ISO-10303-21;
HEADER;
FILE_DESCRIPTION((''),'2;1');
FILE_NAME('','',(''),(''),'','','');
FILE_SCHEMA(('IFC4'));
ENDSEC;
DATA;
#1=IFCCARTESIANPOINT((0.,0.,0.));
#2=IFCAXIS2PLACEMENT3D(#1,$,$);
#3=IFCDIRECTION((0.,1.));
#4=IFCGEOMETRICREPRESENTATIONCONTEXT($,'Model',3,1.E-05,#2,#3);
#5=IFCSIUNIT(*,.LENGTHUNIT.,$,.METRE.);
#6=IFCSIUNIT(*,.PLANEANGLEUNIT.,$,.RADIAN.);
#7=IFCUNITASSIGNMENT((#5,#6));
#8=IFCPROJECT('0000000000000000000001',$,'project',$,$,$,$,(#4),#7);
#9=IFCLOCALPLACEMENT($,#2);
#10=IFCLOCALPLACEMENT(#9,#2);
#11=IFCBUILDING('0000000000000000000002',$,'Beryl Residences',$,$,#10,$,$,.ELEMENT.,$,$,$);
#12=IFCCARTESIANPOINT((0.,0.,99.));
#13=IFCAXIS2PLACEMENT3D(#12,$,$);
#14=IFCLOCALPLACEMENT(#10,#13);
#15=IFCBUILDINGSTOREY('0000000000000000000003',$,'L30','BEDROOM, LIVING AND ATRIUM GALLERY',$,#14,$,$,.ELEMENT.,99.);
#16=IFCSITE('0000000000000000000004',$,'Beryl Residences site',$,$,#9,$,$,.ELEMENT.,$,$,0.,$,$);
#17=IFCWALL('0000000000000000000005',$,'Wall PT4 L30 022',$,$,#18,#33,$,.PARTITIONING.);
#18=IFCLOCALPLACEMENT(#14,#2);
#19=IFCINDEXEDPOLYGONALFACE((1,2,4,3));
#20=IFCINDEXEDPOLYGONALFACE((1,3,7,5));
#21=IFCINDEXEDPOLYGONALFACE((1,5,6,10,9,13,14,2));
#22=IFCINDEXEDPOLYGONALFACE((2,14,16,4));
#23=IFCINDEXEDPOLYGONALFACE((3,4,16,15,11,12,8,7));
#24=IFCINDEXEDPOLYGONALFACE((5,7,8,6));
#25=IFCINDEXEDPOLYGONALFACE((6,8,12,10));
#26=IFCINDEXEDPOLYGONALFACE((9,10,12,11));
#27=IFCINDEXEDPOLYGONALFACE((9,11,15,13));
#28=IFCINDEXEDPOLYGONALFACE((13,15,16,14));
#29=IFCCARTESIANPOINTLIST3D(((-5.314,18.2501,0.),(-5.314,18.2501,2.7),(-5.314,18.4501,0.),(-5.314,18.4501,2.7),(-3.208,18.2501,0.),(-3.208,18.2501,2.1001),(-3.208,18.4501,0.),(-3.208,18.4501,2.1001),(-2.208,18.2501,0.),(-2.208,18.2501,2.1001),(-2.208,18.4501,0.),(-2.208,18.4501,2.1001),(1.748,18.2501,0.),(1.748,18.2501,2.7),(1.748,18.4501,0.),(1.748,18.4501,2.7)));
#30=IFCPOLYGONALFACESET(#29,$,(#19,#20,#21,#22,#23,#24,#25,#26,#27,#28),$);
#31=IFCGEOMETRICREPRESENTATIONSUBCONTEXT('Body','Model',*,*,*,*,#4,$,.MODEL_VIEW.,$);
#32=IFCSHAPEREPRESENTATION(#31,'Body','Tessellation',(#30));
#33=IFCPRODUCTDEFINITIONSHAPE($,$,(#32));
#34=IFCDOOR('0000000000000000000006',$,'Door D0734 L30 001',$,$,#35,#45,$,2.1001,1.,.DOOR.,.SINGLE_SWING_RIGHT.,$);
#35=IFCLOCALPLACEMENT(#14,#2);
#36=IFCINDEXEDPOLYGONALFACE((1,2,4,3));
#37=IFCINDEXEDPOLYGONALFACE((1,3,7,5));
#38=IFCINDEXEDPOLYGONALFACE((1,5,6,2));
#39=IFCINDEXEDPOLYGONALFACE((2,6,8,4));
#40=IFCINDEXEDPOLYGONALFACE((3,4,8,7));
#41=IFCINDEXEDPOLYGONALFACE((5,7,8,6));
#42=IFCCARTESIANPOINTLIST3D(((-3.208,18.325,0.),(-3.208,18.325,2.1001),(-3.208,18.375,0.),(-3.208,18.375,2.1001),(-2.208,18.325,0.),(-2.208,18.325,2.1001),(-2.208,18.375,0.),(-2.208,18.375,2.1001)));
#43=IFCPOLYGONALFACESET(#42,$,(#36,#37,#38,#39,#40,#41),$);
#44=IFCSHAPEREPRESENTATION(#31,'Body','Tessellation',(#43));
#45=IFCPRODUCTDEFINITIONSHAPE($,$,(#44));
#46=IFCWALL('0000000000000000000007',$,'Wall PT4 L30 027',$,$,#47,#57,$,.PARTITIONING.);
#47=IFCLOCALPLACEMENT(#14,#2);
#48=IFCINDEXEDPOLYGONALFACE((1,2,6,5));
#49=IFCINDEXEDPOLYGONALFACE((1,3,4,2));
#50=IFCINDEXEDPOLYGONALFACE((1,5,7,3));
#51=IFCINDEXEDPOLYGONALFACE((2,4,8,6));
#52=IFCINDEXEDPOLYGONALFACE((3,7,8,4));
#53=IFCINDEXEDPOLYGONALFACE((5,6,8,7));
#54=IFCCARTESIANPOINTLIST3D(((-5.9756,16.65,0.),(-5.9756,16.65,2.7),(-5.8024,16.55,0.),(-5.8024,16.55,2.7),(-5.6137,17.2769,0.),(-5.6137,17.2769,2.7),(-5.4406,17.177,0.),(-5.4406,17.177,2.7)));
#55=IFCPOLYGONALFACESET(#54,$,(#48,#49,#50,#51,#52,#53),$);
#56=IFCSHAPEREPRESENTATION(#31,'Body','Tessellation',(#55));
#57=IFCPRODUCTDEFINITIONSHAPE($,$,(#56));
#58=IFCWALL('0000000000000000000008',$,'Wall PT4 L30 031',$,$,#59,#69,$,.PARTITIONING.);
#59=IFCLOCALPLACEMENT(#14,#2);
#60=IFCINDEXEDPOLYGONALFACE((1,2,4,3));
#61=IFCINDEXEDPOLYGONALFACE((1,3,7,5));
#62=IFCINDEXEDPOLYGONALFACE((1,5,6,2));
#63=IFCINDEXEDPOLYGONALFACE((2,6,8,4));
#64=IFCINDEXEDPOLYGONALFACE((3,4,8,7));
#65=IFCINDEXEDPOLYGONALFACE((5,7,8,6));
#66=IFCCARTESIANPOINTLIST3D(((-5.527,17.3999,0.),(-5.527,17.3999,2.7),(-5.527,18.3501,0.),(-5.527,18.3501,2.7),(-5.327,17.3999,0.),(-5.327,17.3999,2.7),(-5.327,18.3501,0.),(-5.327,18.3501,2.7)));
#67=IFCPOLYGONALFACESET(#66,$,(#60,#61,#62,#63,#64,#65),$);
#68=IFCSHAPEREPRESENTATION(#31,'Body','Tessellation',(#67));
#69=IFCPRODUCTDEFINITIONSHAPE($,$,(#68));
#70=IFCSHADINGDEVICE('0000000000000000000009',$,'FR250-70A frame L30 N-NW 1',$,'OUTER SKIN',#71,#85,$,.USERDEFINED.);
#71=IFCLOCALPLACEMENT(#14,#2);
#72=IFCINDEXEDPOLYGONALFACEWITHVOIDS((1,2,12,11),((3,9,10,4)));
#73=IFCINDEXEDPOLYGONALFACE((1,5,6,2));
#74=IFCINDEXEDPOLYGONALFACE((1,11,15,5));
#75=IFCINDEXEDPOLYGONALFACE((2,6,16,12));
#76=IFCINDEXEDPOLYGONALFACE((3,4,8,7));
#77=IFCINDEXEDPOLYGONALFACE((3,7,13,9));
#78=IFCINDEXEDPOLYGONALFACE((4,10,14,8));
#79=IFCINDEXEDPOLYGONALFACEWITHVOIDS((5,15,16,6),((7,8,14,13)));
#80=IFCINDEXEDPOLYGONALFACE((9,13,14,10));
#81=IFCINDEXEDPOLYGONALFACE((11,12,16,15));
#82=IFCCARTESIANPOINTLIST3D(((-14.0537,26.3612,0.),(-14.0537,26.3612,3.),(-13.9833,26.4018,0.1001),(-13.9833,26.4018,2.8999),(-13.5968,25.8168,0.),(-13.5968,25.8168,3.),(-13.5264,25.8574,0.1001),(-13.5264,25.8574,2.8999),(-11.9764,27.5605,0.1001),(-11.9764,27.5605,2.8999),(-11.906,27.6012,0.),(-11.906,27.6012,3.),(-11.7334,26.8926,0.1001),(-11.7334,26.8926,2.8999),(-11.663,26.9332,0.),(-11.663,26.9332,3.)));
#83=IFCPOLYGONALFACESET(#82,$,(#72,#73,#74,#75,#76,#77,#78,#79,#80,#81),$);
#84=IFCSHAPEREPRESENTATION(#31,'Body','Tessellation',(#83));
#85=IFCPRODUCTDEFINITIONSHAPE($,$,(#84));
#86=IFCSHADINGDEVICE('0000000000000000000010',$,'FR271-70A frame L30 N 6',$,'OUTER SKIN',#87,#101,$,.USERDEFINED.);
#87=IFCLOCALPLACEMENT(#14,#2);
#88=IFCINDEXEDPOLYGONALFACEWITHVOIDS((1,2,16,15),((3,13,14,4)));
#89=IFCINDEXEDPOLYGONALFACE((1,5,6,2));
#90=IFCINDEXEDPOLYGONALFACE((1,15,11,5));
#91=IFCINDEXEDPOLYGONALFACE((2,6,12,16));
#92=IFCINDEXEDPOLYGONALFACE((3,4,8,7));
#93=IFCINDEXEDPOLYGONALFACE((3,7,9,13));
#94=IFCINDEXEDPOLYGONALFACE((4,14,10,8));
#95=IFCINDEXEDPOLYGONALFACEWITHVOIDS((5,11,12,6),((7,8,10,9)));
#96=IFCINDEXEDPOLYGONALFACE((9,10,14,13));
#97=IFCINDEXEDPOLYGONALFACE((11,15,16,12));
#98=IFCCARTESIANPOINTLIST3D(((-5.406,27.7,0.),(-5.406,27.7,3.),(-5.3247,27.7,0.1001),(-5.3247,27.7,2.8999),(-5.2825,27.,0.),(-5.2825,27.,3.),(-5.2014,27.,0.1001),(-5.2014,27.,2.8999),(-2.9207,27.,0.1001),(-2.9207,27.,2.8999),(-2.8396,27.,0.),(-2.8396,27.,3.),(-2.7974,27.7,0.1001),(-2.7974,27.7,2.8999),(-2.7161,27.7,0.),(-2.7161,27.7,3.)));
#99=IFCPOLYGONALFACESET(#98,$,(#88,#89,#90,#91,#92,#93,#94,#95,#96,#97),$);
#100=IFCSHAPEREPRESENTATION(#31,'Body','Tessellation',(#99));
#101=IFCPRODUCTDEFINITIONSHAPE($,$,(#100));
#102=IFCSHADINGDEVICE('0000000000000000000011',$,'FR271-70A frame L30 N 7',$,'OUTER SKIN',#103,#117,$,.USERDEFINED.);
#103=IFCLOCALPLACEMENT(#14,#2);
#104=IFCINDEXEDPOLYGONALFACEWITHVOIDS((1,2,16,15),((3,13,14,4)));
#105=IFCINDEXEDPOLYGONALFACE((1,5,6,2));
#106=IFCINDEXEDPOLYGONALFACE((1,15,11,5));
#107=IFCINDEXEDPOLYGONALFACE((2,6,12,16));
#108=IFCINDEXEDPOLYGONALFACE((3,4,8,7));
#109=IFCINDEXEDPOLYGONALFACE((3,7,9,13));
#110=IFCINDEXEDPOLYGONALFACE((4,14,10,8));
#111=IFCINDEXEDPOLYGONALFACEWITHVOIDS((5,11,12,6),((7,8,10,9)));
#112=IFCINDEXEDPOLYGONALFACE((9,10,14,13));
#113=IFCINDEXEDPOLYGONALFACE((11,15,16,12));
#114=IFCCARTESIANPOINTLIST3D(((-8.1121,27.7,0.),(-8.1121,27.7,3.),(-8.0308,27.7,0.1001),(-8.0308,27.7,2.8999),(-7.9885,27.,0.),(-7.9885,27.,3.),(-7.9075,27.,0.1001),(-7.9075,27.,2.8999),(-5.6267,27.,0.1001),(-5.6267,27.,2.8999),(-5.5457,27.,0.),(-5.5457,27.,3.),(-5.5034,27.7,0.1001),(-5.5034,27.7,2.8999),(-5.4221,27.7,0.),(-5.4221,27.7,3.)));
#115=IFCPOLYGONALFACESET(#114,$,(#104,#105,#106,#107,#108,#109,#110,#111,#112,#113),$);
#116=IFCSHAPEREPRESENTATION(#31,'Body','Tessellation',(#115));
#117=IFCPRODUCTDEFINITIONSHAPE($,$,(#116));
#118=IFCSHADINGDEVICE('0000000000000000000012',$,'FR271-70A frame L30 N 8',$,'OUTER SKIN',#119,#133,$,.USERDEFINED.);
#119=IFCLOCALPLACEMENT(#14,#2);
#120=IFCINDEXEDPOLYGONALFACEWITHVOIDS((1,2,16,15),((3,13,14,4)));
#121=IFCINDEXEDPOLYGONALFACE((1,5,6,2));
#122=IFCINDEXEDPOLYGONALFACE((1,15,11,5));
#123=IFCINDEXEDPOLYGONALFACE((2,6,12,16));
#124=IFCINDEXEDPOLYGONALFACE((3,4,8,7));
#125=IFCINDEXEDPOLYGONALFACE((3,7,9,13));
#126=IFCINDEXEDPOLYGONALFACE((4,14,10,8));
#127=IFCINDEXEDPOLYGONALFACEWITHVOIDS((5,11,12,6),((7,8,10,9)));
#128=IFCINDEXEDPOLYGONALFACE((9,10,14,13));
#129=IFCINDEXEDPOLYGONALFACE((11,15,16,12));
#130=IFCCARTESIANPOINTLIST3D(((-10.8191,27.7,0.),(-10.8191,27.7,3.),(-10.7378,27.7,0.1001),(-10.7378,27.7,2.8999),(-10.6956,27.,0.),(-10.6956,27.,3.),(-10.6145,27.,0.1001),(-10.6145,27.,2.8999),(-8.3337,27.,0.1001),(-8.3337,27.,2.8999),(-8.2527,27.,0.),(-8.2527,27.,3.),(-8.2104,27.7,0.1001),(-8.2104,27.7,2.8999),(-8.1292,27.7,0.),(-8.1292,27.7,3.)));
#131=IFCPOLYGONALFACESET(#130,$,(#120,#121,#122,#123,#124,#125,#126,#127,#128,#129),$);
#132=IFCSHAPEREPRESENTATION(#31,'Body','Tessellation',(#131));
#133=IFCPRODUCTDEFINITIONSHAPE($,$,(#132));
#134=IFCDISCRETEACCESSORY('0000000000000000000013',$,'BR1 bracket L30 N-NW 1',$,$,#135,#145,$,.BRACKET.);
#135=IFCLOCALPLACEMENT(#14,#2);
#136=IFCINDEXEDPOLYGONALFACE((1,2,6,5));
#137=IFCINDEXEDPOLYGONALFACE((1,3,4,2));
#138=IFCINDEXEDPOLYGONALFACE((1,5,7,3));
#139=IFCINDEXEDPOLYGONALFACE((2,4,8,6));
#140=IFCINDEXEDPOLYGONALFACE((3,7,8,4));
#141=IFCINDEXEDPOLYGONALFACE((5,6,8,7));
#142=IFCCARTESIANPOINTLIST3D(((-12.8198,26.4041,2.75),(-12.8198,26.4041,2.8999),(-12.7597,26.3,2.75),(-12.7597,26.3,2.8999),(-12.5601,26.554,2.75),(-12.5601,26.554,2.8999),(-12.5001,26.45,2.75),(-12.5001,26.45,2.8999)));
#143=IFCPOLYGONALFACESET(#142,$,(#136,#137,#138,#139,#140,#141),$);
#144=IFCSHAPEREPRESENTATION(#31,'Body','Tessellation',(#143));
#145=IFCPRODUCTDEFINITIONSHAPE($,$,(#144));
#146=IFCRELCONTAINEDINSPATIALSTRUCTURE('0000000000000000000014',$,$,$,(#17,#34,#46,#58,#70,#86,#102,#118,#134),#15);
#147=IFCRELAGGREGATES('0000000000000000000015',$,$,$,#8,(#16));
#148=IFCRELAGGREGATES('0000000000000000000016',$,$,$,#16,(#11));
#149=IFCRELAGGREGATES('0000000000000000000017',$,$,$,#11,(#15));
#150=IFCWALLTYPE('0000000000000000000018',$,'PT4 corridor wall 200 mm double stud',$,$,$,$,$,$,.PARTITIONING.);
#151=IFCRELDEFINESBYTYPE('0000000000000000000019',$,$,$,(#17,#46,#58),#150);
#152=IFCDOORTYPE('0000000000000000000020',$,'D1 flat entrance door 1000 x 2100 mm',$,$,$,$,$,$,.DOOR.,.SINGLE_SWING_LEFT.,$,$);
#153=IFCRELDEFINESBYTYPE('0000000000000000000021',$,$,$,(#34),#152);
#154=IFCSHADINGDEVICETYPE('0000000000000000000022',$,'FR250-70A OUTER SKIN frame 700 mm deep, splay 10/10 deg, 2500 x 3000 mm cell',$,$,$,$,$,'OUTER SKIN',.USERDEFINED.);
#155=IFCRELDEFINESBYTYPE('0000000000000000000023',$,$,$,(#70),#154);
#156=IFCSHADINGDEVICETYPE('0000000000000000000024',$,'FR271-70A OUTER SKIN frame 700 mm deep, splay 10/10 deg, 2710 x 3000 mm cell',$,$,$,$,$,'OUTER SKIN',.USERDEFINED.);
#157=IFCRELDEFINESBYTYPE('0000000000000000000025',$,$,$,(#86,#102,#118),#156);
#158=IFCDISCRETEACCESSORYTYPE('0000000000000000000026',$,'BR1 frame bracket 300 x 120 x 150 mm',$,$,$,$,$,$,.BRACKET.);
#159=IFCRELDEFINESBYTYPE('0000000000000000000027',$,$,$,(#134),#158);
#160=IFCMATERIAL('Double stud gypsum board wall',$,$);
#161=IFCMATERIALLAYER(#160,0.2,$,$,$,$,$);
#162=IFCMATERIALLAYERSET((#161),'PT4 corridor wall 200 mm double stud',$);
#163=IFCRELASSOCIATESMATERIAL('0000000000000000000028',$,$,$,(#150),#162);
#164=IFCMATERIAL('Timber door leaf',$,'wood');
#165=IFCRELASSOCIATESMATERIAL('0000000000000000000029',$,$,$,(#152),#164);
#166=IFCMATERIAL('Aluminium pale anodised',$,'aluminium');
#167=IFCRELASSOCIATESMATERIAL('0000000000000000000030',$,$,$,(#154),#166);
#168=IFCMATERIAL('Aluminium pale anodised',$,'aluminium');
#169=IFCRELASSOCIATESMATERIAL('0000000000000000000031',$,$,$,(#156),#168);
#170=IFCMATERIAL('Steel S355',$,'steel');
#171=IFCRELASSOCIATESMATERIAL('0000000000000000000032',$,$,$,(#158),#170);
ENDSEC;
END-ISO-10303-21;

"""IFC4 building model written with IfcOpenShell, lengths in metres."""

from ifc_helpers import new_model, entity, si_unit, direction, frame, frame_2d, origin, place, context, subcontext, project, spatial, polyline, rectangle, outline, extrude, source, transform, mapped, material, layer, layer_set, type_object, type_shapes, element, fill, save


model = new_model("IFC4")

# Units and contexts
model_context = context("Model", 3, precision=1e-05, world=origin(), true_north=direction((0.0, 1.0)))
body_context = subcontext(model_context, "Body", "Model", "MODEL_VIEW")
ifc_project = project(units=[si_unit("LENGTHUNIT", "METRE"), si_unit("PLANEANGLEUNIT", "RADIAN")], contexts=[model_context])

# Site, building, storey
site_placement = place(None, origin())
site = spatial("IfcSite", under=ifc_project, at=site_placement, Name="Beryl Residences site", CompositionType="ELEMENT", RefElevation=0.0)
building_placement = place(site_placement, origin())
building = spatial("IfcBuilding", under=site, at=building_placement, Name="Beryl Residences", CompositionType="ELEMENT")
storey_placement = place(building_placement, frame((0.0, 0.0, 99.0)))
storey = spatial("IfcBuildingStorey", under=building, at=storey_placement, Name="L30", Description="BEDROOM, LIVING AND ATRIUM GALLERY", CompositionType="ELEMENT", Elevation=99.0)

# Wall, opening, door
ifc_material_1 = material(Name="Double stud gypsum board wall")
ifc_layer_1 = layer(ifc_material_1, 0.2)
ifc_layer_set_1 = layer_set([ifc_layer_1], Name="PT4 corridor wall 200 mm double stud")
wall_type_1 = type_object("IfcWallType", Name="PT4 corridor wall 200 mm double stud", PredefinedType="PARTITIONING", material=ifc_layer_set_1)
wall_1_placement = place(storey_placement, frame((-5.314, 18.3501, 0.0), z_axis=(0.0, 0.0, 1.0), x_axis=(1.0, 0.0, 0.0)))
wall_1 = element("IfcWall", 1, at=wall_1_placement, inside=storey, type_object=wall_type_1, Name="Wall PT4 L30 022", PredefinedType="PARTITIONING", context=body_context, shape_type="SweptSolid", body=[
    extrude(rectangle(XDim=7.062, YDim=0.2, at=frame_2d((3.531, 0.0))), origin(), (0.0, 0.0, 1.0), 2.7),
])
opening_1_placement = place(wall_1_placement, frame((2.106, 0.0, 0.0)))
opening_1 = element("IfcOpeningElement", 2, at=opening_1_placement, cuts=wall_1, PredefinedType="OPENING", context=body_context, shape_type="SweptSolid", body=[
    extrude(rectangle(XDim=1.0, YDim=2.1001, at=frame_2d((0.5, 1.05))), frame((0.0, 0.1099, 0.0), z_axis=(0.0, -1.0, 0.0), x_axis=(1.0, 0.0, 0.0)), (0.0, 0.0, 1.0), 0.22),
])
ifc_material_2 = material(Name="Timber door leaf", Category="wood")
door_type_1 = type_object("IfcDoorType", Name="D1 flat entrance door 1000 x 2100 mm", OperationType="SINGLE_SWING_LEFT", PredefinedType="DOOR", material=ifc_material_2)
door_1_placement = place(opening_1_placement, origin())
door_1 = element("IfcDoor", 3, at=door_1_placement, inside=storey, type_object=door_type_1, Name="Door D0734 L30 001", OperationType="SINGLE_SWING_RIGHT", OverallHeight=2.1001, OverallWidth=1.0, PredefinedType="DOOR", context=body_context, shape_type="SweptSolid", body=[
    extrude(rectangle(XDim=1.0, YDim=2.1001, at=frame_2d((0.5, 1.05))), frame((0.0, 0.0249, 0.0), z_axis=(0.0, -1.0, 0.0), x_axis=(1.0, 0.0, 0.0)), (0.0, 0.0, 1.0), 0.05),
])
fill(opening_1, door_1)

# Walls
wall_2_placement = place(storey_placement, frame((-5.8889, 16.6001, 0.0), z_axis=(0.0, 0.0, 1.0), x_axis=(0.499839, 0.866118, 0.0)))
element("IfcWall", 4, at=wall_2_placement, inside=storey, type_object=wall_type_1, Name="Wall PT4 L30 027", PredefinedType="PARTITIONING", context=body_context, shape_type="SweptSolid", body=[
    extrude(rectangle(XDim=0.7239, YDim=0.2, at=frame_2d((0.3618, 0.0))), origin(), (0.0, 0.0, 1.0), 2.7),
])
wall_3_placement = place(storey_placement, frame((-5.427, 17.3999, 0.0), z_axis=(0.0, 0.0, 1.0), x_axis=(0.0, 1.0, 0.0)))
element("IfcWall", 5, at=wall_3_placement, inside=storey, type_object=wall_type_1, Name="Wall PT4 L30 031", PredefinedType="PARTITIONING", context=body_context, shape_type="SweptSolid", body=[
    extrude(rectangle(XDim=0.9502, YDim=0.2, at=frame_2d((0.4751, 0.0))), origin(), (0.0, 0.0, 1.0), 2.7),
])

# Shading devices
ifc_material_3 = material(Name="Aluminium pale anodised", Category="aluminium")
shading_device_type_1 = type_object("IfcShadingDeviceType", Name="FR250-70A OUTER SKIN frame 700 mm deep, splay 10/10 deg, 2500 x 3000 mm cell", ElementType="OUTER SKIN", PredefinedType="USERDEFINED", material=ifc_material_3)
cartesian_point_1 = entity("IfcCartesianPoint", [-1.1165, 0.0])
cartesian_point_2 = entity("IfcCartesianPoint", [-1.0352, 0.1001])
cartesian_point_3 = entity("IfcCartesianPoint", [-1.24, 0.0])
cartesian_point_4 = entity("IfcCartesianPoint", [-1.1587, 0.1001])
shared_shape_1 = source(origin(), body_context, "Body", "SweptSolid", [
    entity("IfcExtrudedAreaSolidTapered", entity("IfcArbitraryProfileDefWithVoids", "AREA", None, entity("IfcPolyline", [cartesian_point_1, entity("IfcCartesianPoint", [1.1165, 0.0]), entity("IfcCartesianPoint", [1.1165, 3.0]), entity("IfcCartesianPoint", [-1.1165, 3.0]), cartesian_point_1]), [entity("IfcPolyline", [cartesian_point_2, entity("IfcCartesianPoint", [1.0352, 0.1001]), entity("IfcCartesianPoint", [1.0352, 2.8999]), entity("IfcCartesianPoint", [-1.0352, 2.8999]), cartesian_point_2])]), entity("IfcAxis2Placement3D", entity("IfcCartesianPoint", [0.0, 0.0, 0.0]), entity("IfcDirection", [0.0, 1.0, 0.0]), entity("IfcDirection", [-1.0, 0.0, 0.0])), entity("IfcDirection", [0.0, 0.0, 1.0]), 0.7, entity("IfcArbitraryProfileDefWithVoids", "AREA", None, entity("IfcPolyline", [cartesian_point_3, entity("IfcCartesianPoint", [1.24, 0.0]), entity("IfcCartesianPoint", [1.24, 3.0]), entity("IfcCartesianPoint", [-1.24, 3.0]), cartesian_point_3]), [entity("IfcPolyline", [cartesian_point_4, entity("IfcCartesianPoint", [1.1587, 0.1001]), entity("IfcCartesianPoint", [1.1587, 2.8999]), entity("IfcCartesianPoint", [-1.1587, 2.8999]), cartesian_point_4])])),
])
type_shapes(shading_device_type_1, [shared_shape_1])
shading_device_placement = place(storey_placement, frame((-12.6299, 26.375, 0.0), z_axis=(0.0, 0.0, 1.0), x_axis=(0.866025, 0.5, 0.0)))
element("IfcShadingDevice", 6, at=shading_device_placement, inside=storey, type_object=shading_device_type_1, Name="FR250-70A frame L30 N-NW 1", ObjectType="OUTER SKIN", PredefinedType="USERDEFINED", context=body_context, shape_type="MappedRepresentation", body=[
    mapped(shared_shape_1, transform((0.0, 0.0, 0.0))),
])
ifc_material_4 = material(Name="Aluminium pale anodised", Category="aluminium")
shading_device_type_2 = type_object("IfcShadingDeviceType", Name="FR271-70A OUTER SKIN frame 700 mm deep, splay 10/10 deg, 2710 x 3000 mm cell", ElementType="OUTER SKIN", PredefinedType="USERDEFINED", material=ifc_material_4)
cartesian_point_5 = entity("IfcCartesianPoint", [-1.2214, 0.0])
cartesian_point_6 = entity("IfcCartesianPoint", [-1.1404, 0.1001])
cartesian_point_7 = entity("IfcCartesianPoint", [-1.345, 0.0])
cartesian_point_8 = entity("IfcCartesianPoint", [-1.2637, 0.1001])
shared_shape_2 = source(origin(), body_context, "Body", "SweptSolid", [
    entity("IfcExtrudedAreaSolidTapered", entity("IfcArbitraryProfileDefWithVoids", "AREA", None, entity("IfcPolyline", [cartesian_point_5, entity("IfcCartesianPoint", [1.2214, 0.0]), entity("IfcCartesianPoint", [1.2214, 3.0]), entity("IfcCartesianPoint", [-1.2214, 3.0]), cartesian_point_5]), [entity("IfcPolyline", [cartesian_point_6, entity("IfcCartesianPoint", [1.1404, 0.1001]), entity("IfcCartesianPoint", [1.1404, 2.8999]), entity("IfcCartesianPoint", [-1.1404, 2.8999]), cartesian_point_6])]), entity("IfcAxis2Placement3D", entity("IfcCartesianPoint", [0.0, 0.0, 0.0]), entity("IfcDirection", [0.0, 1.0, 0.0]), entity("IfcDirection", [-1.0, 0.0, 0.0])), entity("IfcDirection", [0.0, 0.0, 1.0]), 0.7, entity("IfcArbitraryProfileDefWithVoids", "AREA", None, entity("IfcPolyline", [cartesian_point_7, entity("IfcCartesianPoint", [1.345, 0.0]), entity("IfcCartesianPoint", [1.345, 3.0]), entity("IfcCartesianPoint", [-1.345, 3.0]), cartesian_point_7]), [entity("IfcPolyline", [cartesian_point_8, entity("IfcCartesianPoint", [1.2637, 0.1001]), entity("IfcCartesianPoint", [1.2637, 2.8999]), entity("IfcCartesianPoint", [-1.2637, 2.8999]), cartesian_point_8])])),
])
type_shapes(shading_device_type_2, [shared_shape_2])
for number, where, z_axis, x_axis, name in (
    (7, (-4.061, 27.0, 0.0), (0.0, 0.0, 1.0), (1.0, 0.0, 0.0), "FR271-70A frame L30 N 6"),
    (8, (-6.7671, 27.0, 0.0), (0.0, 0.0, 1.0), (1.0, 0.0, 0.0), "FR271-70A frame L30 N 7"),
    (9, (-9.4741, 27.0, 0.0), (0.0, 0.0, 1.0), (1.0, 0.0, 0.0), "FR271-70A frame L30 N 8"),
):
    element("IfcShadingDevice", number, at=place(storey_placement, frame(where, z_axis=z_axis, x_axis=x_axis)), inside=storey, type_object=shading_device_type_2, Name=name, ObjectType="OUTER SKIN", PredefinedType="USERDEFINED", context=body_context, shape_type="MappedRepresentation", body=[
        mapped(shared_shape_2, transform((0.0, 0.0, 0.0))),
    ])

# Discrete accessory
ifc_material_5 = material(Name="Steel S355", Category="steel")
discrete_accessory_type = type_object("IfcDiscreteAccessoryType", Name="BR1 frame bracket 300 x 120 x 150 mm", PredefinedType="BRACKET", material=ifc_material_5)
shared_shape_3 = source(origin(), body_context, "Body", "SweptSolid", [
    extrude(outline(polyline([(-0.1499, 0.0), (0.1499, 0.0), (0.1499, 0.1201), (-0.1499, 0.1201), (-0.1499, 0.0)])), origin(), (0.0, 0.0, 1.0), 0.1499),
])
type_shapes(discrete_accessory_type, [shared_shape_3])
discrete_accessory_placement = place(storey_placement, frame((-12.6299, 26.375, 2.75), z_axis=(0.0, 0.0, 1.0), x_axis=(0.866025, 0.5, 0.0)))
element("IfcDiscreteAccessory", 10, at=discrete_accessory_placement, inside=storey, type_object=discrete_accessory_type, Name="BR1 bracket L30 N-NW 1", PredefinedType="BRACKET", context=body_context, shape_type="MappedRepresentation", body=[
    mapped(shared_shape_3, transform((0.0, 0.0, 0.0))),
])

save(model, "model.ifc")
